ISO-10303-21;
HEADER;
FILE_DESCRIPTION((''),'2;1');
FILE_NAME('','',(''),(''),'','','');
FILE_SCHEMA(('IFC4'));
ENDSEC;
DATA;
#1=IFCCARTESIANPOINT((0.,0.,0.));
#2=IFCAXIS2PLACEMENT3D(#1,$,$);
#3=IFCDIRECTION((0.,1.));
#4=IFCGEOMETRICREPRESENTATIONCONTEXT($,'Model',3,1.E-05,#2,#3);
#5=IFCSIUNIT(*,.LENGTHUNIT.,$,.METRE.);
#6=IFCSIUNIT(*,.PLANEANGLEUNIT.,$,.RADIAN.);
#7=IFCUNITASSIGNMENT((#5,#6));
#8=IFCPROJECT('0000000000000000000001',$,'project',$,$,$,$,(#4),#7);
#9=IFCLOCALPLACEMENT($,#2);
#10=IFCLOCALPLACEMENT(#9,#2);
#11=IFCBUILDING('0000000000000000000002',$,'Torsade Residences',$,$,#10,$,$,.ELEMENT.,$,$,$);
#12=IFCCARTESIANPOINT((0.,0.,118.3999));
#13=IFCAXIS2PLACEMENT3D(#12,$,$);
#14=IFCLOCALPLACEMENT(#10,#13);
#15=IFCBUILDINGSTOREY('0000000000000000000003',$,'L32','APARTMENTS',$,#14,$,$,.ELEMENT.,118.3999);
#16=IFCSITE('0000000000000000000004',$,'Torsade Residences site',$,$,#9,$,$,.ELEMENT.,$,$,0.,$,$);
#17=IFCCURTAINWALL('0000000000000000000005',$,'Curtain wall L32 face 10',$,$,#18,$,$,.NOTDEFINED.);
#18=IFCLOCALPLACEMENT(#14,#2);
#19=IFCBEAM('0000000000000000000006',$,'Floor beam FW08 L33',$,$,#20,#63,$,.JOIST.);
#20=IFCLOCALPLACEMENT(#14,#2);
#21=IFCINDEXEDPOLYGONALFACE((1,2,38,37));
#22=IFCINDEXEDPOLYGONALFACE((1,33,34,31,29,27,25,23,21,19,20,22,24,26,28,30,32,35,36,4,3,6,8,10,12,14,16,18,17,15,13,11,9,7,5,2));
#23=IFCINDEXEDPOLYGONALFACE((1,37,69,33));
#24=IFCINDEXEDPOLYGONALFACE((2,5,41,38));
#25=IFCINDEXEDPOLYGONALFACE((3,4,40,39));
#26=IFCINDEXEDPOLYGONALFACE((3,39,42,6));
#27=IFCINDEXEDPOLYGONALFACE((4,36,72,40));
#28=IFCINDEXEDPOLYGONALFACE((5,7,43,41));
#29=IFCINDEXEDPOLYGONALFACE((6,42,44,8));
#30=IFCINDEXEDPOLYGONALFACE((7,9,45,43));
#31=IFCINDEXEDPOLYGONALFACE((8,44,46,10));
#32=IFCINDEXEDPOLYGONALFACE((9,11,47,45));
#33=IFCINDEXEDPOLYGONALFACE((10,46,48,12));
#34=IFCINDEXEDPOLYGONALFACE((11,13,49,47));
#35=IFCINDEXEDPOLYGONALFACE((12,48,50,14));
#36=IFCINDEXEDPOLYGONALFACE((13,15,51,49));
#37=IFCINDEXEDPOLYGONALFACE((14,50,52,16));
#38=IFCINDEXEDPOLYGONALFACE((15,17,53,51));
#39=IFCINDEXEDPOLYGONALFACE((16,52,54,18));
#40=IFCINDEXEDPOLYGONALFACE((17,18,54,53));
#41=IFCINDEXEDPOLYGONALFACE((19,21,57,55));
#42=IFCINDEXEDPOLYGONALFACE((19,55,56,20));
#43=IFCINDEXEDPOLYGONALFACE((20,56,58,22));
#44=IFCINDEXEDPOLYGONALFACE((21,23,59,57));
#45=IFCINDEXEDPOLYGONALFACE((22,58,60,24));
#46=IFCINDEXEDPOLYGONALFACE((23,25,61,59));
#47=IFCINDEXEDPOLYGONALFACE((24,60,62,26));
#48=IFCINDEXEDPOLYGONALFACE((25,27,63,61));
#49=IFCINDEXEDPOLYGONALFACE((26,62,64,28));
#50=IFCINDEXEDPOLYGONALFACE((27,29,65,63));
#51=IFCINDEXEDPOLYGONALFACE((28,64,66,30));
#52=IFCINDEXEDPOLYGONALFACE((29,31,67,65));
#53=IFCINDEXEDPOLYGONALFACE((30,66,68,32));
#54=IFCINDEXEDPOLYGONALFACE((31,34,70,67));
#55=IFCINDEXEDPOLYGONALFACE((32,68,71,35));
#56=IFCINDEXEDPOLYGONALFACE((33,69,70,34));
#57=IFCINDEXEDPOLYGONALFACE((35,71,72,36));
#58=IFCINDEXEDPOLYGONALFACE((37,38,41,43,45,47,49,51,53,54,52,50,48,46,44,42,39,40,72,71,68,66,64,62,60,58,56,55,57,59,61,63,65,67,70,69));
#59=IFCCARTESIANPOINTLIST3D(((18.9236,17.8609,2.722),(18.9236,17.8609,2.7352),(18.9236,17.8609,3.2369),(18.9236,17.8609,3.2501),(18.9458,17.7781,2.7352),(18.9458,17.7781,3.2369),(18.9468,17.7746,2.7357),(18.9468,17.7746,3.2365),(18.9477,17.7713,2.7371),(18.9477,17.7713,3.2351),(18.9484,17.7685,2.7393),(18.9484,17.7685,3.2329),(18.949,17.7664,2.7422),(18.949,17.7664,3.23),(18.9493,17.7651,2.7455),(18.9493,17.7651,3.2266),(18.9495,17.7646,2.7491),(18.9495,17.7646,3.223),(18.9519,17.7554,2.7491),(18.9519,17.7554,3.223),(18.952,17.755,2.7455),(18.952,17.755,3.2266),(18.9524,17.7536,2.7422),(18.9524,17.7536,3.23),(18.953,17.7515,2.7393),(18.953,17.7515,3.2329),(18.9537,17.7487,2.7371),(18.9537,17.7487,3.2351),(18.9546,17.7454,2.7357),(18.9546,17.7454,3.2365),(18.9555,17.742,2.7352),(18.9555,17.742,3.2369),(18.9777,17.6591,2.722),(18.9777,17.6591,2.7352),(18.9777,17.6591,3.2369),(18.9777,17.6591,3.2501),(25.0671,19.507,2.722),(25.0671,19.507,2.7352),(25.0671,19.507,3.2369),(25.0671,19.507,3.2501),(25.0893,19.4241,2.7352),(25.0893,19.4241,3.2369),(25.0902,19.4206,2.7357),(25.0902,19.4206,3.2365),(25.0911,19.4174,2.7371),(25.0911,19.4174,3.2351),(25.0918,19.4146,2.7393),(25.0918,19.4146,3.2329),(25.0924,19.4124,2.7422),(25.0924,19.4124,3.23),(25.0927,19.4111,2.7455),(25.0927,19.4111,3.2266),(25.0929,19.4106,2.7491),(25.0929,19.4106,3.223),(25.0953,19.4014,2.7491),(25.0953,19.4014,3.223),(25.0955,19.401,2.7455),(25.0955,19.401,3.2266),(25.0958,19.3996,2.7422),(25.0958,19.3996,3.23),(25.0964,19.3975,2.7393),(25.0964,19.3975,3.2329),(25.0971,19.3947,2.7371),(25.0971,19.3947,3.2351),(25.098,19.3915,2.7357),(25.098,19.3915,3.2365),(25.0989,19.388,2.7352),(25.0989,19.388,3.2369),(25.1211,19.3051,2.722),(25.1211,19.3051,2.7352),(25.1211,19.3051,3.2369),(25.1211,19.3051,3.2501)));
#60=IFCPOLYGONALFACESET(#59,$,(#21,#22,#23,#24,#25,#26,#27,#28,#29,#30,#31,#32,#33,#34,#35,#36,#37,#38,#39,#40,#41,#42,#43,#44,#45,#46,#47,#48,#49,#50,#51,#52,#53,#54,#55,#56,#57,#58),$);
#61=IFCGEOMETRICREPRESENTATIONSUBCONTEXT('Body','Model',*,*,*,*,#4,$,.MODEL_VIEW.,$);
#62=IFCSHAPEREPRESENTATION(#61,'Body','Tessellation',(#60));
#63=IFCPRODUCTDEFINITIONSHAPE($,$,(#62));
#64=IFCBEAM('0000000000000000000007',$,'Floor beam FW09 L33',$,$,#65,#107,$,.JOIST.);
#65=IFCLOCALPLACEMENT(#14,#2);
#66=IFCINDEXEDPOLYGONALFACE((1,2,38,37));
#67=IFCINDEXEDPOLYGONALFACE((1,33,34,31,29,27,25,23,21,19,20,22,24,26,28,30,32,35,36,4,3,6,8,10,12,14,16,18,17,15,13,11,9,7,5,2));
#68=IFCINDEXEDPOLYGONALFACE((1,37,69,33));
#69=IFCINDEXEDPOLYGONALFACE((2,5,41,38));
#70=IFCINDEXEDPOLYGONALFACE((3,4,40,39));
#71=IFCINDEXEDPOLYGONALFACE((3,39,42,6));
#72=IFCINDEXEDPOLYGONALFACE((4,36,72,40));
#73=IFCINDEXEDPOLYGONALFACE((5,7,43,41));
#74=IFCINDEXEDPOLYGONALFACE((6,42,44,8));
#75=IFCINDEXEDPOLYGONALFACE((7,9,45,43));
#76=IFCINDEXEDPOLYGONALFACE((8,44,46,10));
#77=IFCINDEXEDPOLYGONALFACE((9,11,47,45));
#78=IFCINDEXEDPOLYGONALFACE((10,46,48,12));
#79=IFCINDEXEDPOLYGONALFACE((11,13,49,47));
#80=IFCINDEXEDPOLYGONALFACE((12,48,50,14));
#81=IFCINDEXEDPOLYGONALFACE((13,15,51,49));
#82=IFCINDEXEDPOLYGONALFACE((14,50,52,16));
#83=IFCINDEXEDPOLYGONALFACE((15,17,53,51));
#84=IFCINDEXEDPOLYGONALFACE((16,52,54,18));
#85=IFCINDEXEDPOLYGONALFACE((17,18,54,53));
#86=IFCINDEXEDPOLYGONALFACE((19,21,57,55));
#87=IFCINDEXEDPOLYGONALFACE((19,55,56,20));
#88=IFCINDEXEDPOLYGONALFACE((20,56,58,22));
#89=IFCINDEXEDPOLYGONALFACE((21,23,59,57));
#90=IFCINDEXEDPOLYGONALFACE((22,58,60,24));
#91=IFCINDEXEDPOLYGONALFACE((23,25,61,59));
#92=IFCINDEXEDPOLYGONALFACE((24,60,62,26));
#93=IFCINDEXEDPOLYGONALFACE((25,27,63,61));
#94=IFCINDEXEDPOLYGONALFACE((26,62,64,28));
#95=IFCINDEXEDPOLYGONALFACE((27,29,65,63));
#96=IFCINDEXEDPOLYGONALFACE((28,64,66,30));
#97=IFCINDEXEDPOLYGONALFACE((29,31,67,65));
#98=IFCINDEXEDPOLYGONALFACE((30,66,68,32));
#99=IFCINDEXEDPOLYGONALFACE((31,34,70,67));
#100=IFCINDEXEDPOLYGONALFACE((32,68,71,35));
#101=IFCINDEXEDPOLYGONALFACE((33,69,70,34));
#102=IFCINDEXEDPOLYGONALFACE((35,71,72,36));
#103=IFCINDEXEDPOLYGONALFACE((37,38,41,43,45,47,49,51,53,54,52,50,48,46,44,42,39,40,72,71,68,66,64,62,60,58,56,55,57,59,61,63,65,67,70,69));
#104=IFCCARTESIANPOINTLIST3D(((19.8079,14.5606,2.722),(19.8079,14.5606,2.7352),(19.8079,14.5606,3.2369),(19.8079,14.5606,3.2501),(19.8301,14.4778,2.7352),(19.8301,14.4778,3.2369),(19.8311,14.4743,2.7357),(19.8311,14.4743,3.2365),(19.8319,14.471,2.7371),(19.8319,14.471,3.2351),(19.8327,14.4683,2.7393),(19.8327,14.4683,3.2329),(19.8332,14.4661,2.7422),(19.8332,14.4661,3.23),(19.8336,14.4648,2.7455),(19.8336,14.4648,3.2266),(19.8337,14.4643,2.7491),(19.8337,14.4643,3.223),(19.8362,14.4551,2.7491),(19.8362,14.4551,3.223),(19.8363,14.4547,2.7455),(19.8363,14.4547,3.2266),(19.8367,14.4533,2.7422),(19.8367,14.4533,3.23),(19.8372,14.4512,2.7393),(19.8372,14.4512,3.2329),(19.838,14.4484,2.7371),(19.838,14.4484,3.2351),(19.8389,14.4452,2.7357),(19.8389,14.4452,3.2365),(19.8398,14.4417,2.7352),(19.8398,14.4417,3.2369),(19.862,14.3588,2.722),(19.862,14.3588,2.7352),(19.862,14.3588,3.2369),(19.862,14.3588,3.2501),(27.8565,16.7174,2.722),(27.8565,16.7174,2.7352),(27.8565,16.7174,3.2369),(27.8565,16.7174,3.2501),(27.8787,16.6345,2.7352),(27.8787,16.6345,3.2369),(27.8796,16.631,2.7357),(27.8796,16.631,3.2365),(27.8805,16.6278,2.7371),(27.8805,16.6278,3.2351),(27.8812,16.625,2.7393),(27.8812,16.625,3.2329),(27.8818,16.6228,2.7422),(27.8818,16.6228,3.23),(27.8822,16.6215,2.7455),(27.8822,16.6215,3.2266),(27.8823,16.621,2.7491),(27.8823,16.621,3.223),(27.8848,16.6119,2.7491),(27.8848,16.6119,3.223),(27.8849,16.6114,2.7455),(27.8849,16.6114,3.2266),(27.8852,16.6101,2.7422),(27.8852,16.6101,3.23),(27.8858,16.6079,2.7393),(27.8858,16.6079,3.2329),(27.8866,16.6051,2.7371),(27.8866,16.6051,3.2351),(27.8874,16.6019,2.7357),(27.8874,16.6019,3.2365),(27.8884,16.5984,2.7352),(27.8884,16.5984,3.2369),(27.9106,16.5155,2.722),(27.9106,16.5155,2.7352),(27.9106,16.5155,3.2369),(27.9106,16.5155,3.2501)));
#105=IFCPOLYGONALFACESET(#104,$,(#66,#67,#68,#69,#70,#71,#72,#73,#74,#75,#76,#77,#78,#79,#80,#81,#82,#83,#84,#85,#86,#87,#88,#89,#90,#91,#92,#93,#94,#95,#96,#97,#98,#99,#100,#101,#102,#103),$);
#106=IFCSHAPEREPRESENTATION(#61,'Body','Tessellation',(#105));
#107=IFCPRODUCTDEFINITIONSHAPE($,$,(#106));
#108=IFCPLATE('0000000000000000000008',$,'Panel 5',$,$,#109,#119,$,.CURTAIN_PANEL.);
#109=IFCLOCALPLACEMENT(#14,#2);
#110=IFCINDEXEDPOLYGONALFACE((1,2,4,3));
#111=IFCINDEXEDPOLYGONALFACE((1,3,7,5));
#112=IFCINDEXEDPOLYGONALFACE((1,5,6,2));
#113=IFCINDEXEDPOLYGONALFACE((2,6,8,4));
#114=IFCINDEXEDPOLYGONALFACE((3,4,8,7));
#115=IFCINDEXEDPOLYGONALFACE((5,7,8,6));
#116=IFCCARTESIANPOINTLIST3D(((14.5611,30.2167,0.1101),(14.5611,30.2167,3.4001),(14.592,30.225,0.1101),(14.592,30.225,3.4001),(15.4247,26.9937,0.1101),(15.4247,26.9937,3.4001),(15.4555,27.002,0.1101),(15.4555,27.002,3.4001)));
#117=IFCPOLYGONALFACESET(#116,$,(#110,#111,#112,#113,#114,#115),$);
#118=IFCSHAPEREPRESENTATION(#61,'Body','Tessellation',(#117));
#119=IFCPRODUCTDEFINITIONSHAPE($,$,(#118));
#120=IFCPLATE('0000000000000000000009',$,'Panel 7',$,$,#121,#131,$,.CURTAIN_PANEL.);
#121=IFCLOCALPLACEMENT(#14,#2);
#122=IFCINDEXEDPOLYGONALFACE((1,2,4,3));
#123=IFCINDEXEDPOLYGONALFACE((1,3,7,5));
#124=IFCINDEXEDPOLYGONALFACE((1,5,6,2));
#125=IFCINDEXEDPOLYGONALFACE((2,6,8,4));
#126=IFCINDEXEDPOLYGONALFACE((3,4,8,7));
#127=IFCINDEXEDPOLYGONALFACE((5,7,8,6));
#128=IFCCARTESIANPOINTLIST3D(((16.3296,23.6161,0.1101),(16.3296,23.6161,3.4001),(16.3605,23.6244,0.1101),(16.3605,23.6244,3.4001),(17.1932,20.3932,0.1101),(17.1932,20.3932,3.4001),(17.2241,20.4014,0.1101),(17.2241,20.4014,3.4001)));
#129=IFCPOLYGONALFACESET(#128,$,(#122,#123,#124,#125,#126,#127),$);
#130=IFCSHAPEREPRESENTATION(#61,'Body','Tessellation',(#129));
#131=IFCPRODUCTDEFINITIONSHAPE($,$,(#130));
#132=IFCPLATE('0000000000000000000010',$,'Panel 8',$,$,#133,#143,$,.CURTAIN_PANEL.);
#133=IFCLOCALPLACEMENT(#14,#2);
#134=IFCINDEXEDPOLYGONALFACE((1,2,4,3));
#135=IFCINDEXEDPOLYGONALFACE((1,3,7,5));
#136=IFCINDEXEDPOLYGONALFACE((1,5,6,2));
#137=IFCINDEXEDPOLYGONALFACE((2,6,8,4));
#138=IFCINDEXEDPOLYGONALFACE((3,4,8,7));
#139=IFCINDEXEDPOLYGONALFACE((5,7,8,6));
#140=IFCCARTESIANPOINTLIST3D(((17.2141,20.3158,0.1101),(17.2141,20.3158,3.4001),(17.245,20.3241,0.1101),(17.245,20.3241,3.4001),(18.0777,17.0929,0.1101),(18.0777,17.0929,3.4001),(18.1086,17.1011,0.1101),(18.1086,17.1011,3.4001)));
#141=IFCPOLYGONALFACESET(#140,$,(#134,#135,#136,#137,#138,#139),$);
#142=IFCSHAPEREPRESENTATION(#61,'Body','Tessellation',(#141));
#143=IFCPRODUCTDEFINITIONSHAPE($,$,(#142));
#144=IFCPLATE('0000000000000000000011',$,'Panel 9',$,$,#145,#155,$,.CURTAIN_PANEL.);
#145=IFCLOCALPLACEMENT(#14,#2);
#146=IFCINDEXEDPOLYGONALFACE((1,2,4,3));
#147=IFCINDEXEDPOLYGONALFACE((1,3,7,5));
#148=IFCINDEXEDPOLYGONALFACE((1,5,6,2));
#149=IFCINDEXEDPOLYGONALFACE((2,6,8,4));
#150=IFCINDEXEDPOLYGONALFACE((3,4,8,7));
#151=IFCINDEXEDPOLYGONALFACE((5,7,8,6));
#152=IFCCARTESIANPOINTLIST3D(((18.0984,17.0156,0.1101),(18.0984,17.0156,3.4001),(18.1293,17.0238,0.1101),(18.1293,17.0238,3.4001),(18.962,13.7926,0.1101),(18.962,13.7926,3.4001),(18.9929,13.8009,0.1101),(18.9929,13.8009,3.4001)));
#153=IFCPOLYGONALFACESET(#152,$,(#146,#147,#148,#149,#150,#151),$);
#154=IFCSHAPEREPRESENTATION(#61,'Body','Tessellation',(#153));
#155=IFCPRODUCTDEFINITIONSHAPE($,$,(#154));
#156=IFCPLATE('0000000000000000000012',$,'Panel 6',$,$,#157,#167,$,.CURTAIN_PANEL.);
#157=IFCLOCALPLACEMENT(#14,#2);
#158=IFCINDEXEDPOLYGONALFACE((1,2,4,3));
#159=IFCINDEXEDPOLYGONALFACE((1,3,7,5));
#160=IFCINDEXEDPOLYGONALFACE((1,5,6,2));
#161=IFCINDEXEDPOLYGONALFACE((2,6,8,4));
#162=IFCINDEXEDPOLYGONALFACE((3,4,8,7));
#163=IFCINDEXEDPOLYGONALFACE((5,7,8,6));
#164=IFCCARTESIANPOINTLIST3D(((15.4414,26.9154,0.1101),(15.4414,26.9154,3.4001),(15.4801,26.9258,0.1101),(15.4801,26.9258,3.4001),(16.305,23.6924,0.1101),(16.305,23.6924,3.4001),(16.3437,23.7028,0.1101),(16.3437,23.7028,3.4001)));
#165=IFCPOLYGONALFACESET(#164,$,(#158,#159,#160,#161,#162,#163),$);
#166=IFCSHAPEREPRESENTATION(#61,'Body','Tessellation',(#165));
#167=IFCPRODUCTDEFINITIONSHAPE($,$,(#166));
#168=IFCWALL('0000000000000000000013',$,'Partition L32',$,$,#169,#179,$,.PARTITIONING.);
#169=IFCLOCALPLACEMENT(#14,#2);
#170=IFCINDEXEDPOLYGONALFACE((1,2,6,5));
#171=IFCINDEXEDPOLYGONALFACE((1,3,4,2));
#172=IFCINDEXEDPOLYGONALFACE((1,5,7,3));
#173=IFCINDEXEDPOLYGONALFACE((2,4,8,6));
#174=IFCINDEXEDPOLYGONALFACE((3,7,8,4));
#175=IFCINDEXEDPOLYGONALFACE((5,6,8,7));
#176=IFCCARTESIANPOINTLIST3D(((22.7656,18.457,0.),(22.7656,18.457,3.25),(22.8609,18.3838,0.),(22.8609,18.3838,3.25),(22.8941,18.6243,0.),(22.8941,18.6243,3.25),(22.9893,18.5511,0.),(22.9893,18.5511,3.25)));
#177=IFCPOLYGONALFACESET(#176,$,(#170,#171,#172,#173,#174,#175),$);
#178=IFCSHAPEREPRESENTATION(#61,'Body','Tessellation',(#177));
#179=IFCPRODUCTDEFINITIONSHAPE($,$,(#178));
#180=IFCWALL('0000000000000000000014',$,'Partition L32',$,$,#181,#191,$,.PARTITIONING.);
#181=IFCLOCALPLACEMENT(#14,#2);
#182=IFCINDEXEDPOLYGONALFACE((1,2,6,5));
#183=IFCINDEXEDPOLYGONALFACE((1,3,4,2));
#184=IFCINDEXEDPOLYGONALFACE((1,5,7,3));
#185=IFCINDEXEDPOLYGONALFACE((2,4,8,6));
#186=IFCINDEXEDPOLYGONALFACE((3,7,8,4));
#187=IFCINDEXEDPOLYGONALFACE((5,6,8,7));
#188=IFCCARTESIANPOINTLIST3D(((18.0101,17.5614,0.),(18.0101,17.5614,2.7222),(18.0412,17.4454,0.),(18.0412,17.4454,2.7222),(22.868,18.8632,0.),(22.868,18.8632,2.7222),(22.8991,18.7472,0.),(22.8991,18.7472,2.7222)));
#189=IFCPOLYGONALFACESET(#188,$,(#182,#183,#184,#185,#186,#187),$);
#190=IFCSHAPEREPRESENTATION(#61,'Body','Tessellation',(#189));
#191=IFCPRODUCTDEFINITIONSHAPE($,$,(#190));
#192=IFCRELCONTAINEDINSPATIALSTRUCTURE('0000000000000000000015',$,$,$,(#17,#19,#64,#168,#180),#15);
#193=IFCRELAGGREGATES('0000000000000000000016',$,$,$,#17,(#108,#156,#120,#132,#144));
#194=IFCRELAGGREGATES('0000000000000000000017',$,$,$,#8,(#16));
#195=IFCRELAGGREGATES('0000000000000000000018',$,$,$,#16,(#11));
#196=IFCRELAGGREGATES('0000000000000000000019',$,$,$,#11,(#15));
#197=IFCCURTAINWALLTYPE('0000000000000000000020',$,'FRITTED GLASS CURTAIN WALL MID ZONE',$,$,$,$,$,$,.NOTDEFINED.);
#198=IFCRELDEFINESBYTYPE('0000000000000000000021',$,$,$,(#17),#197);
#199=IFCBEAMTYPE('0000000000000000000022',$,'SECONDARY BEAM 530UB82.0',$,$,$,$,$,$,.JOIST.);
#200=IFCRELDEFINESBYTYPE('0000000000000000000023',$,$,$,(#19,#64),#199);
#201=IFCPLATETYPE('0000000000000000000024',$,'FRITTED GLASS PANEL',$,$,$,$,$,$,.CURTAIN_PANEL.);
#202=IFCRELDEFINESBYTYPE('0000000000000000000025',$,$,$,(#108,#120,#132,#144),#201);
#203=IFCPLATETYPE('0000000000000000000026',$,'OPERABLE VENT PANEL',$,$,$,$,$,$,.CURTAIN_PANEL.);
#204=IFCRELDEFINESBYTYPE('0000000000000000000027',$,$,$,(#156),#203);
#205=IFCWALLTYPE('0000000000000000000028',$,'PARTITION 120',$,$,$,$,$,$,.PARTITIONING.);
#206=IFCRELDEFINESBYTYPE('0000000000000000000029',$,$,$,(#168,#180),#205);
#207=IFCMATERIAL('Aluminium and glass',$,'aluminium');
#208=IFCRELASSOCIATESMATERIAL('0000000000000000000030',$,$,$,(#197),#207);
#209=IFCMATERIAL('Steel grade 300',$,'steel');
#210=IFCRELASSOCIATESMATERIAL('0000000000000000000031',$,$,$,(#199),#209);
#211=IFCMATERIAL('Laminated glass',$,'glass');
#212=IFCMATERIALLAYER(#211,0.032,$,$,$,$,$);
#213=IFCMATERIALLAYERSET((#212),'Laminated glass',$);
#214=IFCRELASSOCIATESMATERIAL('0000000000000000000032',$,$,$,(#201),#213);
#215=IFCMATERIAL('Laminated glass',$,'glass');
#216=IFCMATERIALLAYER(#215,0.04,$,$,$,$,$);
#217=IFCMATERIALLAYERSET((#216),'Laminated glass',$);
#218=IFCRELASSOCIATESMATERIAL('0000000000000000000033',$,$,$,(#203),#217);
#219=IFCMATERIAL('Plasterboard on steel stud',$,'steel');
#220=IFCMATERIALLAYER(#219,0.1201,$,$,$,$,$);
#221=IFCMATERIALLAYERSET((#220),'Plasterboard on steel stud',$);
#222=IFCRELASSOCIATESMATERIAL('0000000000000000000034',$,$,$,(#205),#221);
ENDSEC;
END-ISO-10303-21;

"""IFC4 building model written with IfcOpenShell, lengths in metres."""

from ifc_helpers import new_model, si_unit, direction, frame, frame_2d, origin, origin_2d, place, context, subcontext, project, spatial, rectangle, i_section, extrude, material, layer, layer_set, material_profile, profile_set, type_object, element, aggregate, save


model = new_model("IFC4")

# Units and contexts
model_context = context("Model", 3, precision=1e-05, world=origin(), true_north=direction((0.0, 1.0)))
body_context = subcontext(model_context, "Body", "Model", "MODEL_VIEW")
ifc_project = project(units=[si_unit("LENGTHUNIT", "METRE"), si_unit("PLANEANGLEUNIT", "RADIAN")], contexts=[model_context])

# Site, building, storey
site_placement = place(None, origin())
site = spatial("IfcSite", under=ifc_project, at=site_placement, Name="Torsade Residences site", CompositionType="ELEMENT", RefElevation=0.0)
building_placement = place(site_placement, origin())
building = spatial("IfcBuilding", under=site, at=building_placement, Name="Torsade Residences", CompositionType="ELEMENT")
storey_placement = place(building_placement, frame((0.0, 0.0, 118.3999)))
storey = spatial("IfcBuildingStorey", under=building, at=storey_placement, Name="L32", Description="APARTMENTS", CompositionType="ELEMENT", Elevation=118.3999)

# Curtain wall
ifc_material_1 = material(Name="Aluminium and glass", Category="aluminium")
curtain_wall_type = type_object("IfcCurtainWallType", Name="FRITTED GLASS CURTAIN WALL MID ZONE", PredefinedType="NOTDEFINED", material=ifc_material_1)
curtain_wall_placement = place(storey_placement, origin())
curtain_wall = element("IfcCurtainWall", 1, at=curtain_wall_placement, inside=storey, type_object=curtain_wall_type, Name="Curtain wall L32 face 10", PredefinedType="NOTDEFINED")

# Beams
ifc_material_2 = material(Name="Steel grade 300", Category="steel")
ifc_material_profile_1 = material_profile(ifc_material_2, i_section(OverallWidth=0.209, OverallDepth=0.5281, WebThickness=0.0095, FlangeThickness=0.0132, FilletRadius=0.0139, at=origin_2d()), Name="530UB82.0")
ifc_profile_set_1 = profile_set([ifc_material_profile_1], Name="Steel grade 300")
beam_type_1 = type_object("IfcBeamType", Name="SECONDARY BEAM 530UB82.0", PredefinedType="JOIST", material=ifc_profile_set_1)
beam_1_placement = place(storey_placement, frame((18.9507, 17.76, 2.9861), z_axis=(0.96593, 0.258805, 0.0), x_axis=(-0.258805, 0.96593, 0.0)))
element("IfcBeam", 2, at=beam_1_placement, inside=storey, type_object=beam_type_1, Name="Floor beam FW08 L33", PredefinedType="JOIST", context=body_context, shape_type="SweptSolid", body=[
    extrude(i_section(OverallWidth=0.209, OverallDepth=0.5281, WebThickness=0.0095, FlangeThickness=0.0132, FilletRadius=0.0139, at=origin_2d()), origin(), (0.0, 0.0, 1.0), 6.3601),
])
beam_2_placement = place(storey_placement, frame((19.835, 14.4597, 2.9861), z_axis=(0.965922, 0.258833, 0.0), x_axis=(-0.258833, 0.965922, 0.0)))
element("IfcBeam", 3, at=beam_2_placement, inside=storey, type_object=beam_type_1, Name="Floor beam FW09 L33", PredefinedType="JOIST", context=body_context, shape_type="SweptSolid", body=[
    extrude(i_section(OverallWidth=0.209, OverallDepth=0.5281, WebThickness=0.0095, FlangeThickness=0.0132, FilletRadius=0.0139, at=origin_2d()), origin(), (0.0, 0.0, 1.0), 8.3325),
])

# Plates
ifc_material_3 = material(Name="Laminated glass", Category="glass")
ifc_layer_1 = layer(ifc_material_3, 0.032)
ifc_layer_set_1 = layer_set([ifc_layer_1], Name="Laminated glass")
plate_type_1 = type_object("IfcPlateType", Name="FRITTED GLASS PANEL", PredefinedType="CURTAIN_PANEL", material=ifc_layer_set_1)
plate_1_placement = place(storey_placement, frame((15.0083, 28.6094, 0.1101), z_axis=(0.0, 0.0, 1.0), x_axis=(0.258819, -0.965926, 0.0)))
plate_1 = element("IfcPlate", 4, at=plate_1_placement, type_object=plate_type_1, Name="Panel 5", PredefinedType="CURTAIN_PANEL", context=body_context, shape_type="SweptSolid", body=[
    extrude(rectangle(XDim=3.3367, YDim=0.032, at=origin_2d()), origin(), (0.0, 0.0, 1.0), 3.29),
])
plate_2_placement = place(storey_placement, frame((16.7769, 22.0088, 0.1101), z_axis=(0.0, 0.0, 1.0), x_axis=(0.258819, -0.965926, 0.0)))
plate_2 = element("IfcPlate", 5, at=plate_2_placement, type_object=plate_type_1, Name="Panel 7", PredefinedType="CURTAIN_PANEL", context=body_context, shape_type="SweptSolid", body=[
    extrude(rectangle(XDim=3.3367, YDim=0.032, at=origin_2d()), origin(), (0.0, 0.0, 1.0), 3.29),
])
plate_3_placement = place(storey_placement, frame((17.6614, 18.7085, 0.1101), z_axis=(0.0, 0.0, 1.0), x_axis=(0.258819, -0.965926, 0.0)))
plate_3 = element("IfcPlate", 6, at=plate_3_placement, type_object=plate_type_1, Name="Panel 8", PredefinedType="CURTAIN_PANEL", context=body_context, shape_type="SweptSolid", body=[
    extrude(rectangle(XDim=3.3367, YDim=0.032, at=origin_2d()), origin(), (0.0, 0.0, 1.0), 3.29),
])
plate_4_placement = place(storey_placement, frame((18.5457, 15.4082, 0.1101), z_axis=(0.0, 0.0, 1.0), x_axis=(0.258819, -0.965926, 0.0)))
plate_4 = element("IfcPlate", 7, at=plate_4_placement, type_object=plate_type_1, Name="Panel 9", PredefinedType="CURTAIN_PANEL", context=body_context, shape_type="SweptSolid", body=[
    extrude(rectangle(XDim=3.3367, YDim=0.032, at=origin_2d()), origin(), (0.0, 0.0, 1.0), 3.29),
])
ifc_material_4 = material(Name="Laminated glass", Category="glass")
ifc_layer_2 = layer(ifc_material_4, 0.04)
ifc_layer_set_2 = layer_set([ifc_layer_2], Name="Laminated glass")
plate_type_2 = type_object("IfcPlateType", Name="OPERABLE VENT PANEL", PredefinedType="CURTAIN_PANEL", material=ifc_layer_set_2)
plate_5_placement = place(storey_placement, frame((15.8926, 25.3091, 0.1101), z_axis=(0.0, 0.0, 1.0), x_axis=(0.258819, -0.965926, 0.0)))
plate_5 = element("IfcPlate", 8, at=plate_5_placement, type_object=plate_type_2, Name="Panel 6", PredefinedType="CURTAIN_PANEL", context=body_context, shape_type="SweptSolid", body=[
    extrude(rectangle(XDim=3.3367, YDim=0.04, at=origin_2d()), origin(), (0.0, 0.0, 1.0), 3.29),
])
aggregate(curtain_wall, [plate_1, plate_5, plate_2, plate_3, plate_4])

# Walls
ifc_material_5 = material(Name="Plasterboard on steel stud", Category="steel")
ifc_layer_3 = layer(ifc_material_5, 0.1201)
ifc_layer_set_3 = layer_set([ifc_layer_3], Name="Plasterboard on steel stud")
wall_type_1 = type_object("IfcWallType", Name="PARTITION 120", PredefinedType="PARTITIONING", material=ifc_layer_set_3)
wall_1_placement = place(storey_placement, frame((22.8132, 18.4204, 0.0), z_axis=(0.0, 0.0, 1.0), x_axis=(0.609039, 0.79314, 0.0)))
element("IfcWall", 9, at=wall_1_placement, inside=storey, type_object=wall_type_1, Name="Partition L32", PredefinedType="PARTITIONING", context=body_context, shape_type="SweptSolid", body=[
    extrude(rectangle(XDim=0.2109, YDim=0.1201, at=frame_2d((0.1055, 0.0))), origin(), (0.0, 0.0, 1.0), 3.25),
])
wall_2_placement = place(storey_placement, frame((22.8835, 18.8052, 0.0), z_axis=(0.0, 0.0, 1.0), x_axis=(-0.965922, -0.258835, 0.0)))
element("IfcWall", 10, at=wall_2_placement, inside=storey, type_object=wall_type_1, Name="Partition L32", PredefinedType="PARTITIONING", context=body_context, shape_type="SweptSolid", body=[
    extrude(rectangle(XDim=5.0293, YDim=0.1201, at=frame_2d((2.5146, 0.0))), origin(), (0.0, 0.0, 1.0), 2.7222),
])

save(model, "model.ifc")
